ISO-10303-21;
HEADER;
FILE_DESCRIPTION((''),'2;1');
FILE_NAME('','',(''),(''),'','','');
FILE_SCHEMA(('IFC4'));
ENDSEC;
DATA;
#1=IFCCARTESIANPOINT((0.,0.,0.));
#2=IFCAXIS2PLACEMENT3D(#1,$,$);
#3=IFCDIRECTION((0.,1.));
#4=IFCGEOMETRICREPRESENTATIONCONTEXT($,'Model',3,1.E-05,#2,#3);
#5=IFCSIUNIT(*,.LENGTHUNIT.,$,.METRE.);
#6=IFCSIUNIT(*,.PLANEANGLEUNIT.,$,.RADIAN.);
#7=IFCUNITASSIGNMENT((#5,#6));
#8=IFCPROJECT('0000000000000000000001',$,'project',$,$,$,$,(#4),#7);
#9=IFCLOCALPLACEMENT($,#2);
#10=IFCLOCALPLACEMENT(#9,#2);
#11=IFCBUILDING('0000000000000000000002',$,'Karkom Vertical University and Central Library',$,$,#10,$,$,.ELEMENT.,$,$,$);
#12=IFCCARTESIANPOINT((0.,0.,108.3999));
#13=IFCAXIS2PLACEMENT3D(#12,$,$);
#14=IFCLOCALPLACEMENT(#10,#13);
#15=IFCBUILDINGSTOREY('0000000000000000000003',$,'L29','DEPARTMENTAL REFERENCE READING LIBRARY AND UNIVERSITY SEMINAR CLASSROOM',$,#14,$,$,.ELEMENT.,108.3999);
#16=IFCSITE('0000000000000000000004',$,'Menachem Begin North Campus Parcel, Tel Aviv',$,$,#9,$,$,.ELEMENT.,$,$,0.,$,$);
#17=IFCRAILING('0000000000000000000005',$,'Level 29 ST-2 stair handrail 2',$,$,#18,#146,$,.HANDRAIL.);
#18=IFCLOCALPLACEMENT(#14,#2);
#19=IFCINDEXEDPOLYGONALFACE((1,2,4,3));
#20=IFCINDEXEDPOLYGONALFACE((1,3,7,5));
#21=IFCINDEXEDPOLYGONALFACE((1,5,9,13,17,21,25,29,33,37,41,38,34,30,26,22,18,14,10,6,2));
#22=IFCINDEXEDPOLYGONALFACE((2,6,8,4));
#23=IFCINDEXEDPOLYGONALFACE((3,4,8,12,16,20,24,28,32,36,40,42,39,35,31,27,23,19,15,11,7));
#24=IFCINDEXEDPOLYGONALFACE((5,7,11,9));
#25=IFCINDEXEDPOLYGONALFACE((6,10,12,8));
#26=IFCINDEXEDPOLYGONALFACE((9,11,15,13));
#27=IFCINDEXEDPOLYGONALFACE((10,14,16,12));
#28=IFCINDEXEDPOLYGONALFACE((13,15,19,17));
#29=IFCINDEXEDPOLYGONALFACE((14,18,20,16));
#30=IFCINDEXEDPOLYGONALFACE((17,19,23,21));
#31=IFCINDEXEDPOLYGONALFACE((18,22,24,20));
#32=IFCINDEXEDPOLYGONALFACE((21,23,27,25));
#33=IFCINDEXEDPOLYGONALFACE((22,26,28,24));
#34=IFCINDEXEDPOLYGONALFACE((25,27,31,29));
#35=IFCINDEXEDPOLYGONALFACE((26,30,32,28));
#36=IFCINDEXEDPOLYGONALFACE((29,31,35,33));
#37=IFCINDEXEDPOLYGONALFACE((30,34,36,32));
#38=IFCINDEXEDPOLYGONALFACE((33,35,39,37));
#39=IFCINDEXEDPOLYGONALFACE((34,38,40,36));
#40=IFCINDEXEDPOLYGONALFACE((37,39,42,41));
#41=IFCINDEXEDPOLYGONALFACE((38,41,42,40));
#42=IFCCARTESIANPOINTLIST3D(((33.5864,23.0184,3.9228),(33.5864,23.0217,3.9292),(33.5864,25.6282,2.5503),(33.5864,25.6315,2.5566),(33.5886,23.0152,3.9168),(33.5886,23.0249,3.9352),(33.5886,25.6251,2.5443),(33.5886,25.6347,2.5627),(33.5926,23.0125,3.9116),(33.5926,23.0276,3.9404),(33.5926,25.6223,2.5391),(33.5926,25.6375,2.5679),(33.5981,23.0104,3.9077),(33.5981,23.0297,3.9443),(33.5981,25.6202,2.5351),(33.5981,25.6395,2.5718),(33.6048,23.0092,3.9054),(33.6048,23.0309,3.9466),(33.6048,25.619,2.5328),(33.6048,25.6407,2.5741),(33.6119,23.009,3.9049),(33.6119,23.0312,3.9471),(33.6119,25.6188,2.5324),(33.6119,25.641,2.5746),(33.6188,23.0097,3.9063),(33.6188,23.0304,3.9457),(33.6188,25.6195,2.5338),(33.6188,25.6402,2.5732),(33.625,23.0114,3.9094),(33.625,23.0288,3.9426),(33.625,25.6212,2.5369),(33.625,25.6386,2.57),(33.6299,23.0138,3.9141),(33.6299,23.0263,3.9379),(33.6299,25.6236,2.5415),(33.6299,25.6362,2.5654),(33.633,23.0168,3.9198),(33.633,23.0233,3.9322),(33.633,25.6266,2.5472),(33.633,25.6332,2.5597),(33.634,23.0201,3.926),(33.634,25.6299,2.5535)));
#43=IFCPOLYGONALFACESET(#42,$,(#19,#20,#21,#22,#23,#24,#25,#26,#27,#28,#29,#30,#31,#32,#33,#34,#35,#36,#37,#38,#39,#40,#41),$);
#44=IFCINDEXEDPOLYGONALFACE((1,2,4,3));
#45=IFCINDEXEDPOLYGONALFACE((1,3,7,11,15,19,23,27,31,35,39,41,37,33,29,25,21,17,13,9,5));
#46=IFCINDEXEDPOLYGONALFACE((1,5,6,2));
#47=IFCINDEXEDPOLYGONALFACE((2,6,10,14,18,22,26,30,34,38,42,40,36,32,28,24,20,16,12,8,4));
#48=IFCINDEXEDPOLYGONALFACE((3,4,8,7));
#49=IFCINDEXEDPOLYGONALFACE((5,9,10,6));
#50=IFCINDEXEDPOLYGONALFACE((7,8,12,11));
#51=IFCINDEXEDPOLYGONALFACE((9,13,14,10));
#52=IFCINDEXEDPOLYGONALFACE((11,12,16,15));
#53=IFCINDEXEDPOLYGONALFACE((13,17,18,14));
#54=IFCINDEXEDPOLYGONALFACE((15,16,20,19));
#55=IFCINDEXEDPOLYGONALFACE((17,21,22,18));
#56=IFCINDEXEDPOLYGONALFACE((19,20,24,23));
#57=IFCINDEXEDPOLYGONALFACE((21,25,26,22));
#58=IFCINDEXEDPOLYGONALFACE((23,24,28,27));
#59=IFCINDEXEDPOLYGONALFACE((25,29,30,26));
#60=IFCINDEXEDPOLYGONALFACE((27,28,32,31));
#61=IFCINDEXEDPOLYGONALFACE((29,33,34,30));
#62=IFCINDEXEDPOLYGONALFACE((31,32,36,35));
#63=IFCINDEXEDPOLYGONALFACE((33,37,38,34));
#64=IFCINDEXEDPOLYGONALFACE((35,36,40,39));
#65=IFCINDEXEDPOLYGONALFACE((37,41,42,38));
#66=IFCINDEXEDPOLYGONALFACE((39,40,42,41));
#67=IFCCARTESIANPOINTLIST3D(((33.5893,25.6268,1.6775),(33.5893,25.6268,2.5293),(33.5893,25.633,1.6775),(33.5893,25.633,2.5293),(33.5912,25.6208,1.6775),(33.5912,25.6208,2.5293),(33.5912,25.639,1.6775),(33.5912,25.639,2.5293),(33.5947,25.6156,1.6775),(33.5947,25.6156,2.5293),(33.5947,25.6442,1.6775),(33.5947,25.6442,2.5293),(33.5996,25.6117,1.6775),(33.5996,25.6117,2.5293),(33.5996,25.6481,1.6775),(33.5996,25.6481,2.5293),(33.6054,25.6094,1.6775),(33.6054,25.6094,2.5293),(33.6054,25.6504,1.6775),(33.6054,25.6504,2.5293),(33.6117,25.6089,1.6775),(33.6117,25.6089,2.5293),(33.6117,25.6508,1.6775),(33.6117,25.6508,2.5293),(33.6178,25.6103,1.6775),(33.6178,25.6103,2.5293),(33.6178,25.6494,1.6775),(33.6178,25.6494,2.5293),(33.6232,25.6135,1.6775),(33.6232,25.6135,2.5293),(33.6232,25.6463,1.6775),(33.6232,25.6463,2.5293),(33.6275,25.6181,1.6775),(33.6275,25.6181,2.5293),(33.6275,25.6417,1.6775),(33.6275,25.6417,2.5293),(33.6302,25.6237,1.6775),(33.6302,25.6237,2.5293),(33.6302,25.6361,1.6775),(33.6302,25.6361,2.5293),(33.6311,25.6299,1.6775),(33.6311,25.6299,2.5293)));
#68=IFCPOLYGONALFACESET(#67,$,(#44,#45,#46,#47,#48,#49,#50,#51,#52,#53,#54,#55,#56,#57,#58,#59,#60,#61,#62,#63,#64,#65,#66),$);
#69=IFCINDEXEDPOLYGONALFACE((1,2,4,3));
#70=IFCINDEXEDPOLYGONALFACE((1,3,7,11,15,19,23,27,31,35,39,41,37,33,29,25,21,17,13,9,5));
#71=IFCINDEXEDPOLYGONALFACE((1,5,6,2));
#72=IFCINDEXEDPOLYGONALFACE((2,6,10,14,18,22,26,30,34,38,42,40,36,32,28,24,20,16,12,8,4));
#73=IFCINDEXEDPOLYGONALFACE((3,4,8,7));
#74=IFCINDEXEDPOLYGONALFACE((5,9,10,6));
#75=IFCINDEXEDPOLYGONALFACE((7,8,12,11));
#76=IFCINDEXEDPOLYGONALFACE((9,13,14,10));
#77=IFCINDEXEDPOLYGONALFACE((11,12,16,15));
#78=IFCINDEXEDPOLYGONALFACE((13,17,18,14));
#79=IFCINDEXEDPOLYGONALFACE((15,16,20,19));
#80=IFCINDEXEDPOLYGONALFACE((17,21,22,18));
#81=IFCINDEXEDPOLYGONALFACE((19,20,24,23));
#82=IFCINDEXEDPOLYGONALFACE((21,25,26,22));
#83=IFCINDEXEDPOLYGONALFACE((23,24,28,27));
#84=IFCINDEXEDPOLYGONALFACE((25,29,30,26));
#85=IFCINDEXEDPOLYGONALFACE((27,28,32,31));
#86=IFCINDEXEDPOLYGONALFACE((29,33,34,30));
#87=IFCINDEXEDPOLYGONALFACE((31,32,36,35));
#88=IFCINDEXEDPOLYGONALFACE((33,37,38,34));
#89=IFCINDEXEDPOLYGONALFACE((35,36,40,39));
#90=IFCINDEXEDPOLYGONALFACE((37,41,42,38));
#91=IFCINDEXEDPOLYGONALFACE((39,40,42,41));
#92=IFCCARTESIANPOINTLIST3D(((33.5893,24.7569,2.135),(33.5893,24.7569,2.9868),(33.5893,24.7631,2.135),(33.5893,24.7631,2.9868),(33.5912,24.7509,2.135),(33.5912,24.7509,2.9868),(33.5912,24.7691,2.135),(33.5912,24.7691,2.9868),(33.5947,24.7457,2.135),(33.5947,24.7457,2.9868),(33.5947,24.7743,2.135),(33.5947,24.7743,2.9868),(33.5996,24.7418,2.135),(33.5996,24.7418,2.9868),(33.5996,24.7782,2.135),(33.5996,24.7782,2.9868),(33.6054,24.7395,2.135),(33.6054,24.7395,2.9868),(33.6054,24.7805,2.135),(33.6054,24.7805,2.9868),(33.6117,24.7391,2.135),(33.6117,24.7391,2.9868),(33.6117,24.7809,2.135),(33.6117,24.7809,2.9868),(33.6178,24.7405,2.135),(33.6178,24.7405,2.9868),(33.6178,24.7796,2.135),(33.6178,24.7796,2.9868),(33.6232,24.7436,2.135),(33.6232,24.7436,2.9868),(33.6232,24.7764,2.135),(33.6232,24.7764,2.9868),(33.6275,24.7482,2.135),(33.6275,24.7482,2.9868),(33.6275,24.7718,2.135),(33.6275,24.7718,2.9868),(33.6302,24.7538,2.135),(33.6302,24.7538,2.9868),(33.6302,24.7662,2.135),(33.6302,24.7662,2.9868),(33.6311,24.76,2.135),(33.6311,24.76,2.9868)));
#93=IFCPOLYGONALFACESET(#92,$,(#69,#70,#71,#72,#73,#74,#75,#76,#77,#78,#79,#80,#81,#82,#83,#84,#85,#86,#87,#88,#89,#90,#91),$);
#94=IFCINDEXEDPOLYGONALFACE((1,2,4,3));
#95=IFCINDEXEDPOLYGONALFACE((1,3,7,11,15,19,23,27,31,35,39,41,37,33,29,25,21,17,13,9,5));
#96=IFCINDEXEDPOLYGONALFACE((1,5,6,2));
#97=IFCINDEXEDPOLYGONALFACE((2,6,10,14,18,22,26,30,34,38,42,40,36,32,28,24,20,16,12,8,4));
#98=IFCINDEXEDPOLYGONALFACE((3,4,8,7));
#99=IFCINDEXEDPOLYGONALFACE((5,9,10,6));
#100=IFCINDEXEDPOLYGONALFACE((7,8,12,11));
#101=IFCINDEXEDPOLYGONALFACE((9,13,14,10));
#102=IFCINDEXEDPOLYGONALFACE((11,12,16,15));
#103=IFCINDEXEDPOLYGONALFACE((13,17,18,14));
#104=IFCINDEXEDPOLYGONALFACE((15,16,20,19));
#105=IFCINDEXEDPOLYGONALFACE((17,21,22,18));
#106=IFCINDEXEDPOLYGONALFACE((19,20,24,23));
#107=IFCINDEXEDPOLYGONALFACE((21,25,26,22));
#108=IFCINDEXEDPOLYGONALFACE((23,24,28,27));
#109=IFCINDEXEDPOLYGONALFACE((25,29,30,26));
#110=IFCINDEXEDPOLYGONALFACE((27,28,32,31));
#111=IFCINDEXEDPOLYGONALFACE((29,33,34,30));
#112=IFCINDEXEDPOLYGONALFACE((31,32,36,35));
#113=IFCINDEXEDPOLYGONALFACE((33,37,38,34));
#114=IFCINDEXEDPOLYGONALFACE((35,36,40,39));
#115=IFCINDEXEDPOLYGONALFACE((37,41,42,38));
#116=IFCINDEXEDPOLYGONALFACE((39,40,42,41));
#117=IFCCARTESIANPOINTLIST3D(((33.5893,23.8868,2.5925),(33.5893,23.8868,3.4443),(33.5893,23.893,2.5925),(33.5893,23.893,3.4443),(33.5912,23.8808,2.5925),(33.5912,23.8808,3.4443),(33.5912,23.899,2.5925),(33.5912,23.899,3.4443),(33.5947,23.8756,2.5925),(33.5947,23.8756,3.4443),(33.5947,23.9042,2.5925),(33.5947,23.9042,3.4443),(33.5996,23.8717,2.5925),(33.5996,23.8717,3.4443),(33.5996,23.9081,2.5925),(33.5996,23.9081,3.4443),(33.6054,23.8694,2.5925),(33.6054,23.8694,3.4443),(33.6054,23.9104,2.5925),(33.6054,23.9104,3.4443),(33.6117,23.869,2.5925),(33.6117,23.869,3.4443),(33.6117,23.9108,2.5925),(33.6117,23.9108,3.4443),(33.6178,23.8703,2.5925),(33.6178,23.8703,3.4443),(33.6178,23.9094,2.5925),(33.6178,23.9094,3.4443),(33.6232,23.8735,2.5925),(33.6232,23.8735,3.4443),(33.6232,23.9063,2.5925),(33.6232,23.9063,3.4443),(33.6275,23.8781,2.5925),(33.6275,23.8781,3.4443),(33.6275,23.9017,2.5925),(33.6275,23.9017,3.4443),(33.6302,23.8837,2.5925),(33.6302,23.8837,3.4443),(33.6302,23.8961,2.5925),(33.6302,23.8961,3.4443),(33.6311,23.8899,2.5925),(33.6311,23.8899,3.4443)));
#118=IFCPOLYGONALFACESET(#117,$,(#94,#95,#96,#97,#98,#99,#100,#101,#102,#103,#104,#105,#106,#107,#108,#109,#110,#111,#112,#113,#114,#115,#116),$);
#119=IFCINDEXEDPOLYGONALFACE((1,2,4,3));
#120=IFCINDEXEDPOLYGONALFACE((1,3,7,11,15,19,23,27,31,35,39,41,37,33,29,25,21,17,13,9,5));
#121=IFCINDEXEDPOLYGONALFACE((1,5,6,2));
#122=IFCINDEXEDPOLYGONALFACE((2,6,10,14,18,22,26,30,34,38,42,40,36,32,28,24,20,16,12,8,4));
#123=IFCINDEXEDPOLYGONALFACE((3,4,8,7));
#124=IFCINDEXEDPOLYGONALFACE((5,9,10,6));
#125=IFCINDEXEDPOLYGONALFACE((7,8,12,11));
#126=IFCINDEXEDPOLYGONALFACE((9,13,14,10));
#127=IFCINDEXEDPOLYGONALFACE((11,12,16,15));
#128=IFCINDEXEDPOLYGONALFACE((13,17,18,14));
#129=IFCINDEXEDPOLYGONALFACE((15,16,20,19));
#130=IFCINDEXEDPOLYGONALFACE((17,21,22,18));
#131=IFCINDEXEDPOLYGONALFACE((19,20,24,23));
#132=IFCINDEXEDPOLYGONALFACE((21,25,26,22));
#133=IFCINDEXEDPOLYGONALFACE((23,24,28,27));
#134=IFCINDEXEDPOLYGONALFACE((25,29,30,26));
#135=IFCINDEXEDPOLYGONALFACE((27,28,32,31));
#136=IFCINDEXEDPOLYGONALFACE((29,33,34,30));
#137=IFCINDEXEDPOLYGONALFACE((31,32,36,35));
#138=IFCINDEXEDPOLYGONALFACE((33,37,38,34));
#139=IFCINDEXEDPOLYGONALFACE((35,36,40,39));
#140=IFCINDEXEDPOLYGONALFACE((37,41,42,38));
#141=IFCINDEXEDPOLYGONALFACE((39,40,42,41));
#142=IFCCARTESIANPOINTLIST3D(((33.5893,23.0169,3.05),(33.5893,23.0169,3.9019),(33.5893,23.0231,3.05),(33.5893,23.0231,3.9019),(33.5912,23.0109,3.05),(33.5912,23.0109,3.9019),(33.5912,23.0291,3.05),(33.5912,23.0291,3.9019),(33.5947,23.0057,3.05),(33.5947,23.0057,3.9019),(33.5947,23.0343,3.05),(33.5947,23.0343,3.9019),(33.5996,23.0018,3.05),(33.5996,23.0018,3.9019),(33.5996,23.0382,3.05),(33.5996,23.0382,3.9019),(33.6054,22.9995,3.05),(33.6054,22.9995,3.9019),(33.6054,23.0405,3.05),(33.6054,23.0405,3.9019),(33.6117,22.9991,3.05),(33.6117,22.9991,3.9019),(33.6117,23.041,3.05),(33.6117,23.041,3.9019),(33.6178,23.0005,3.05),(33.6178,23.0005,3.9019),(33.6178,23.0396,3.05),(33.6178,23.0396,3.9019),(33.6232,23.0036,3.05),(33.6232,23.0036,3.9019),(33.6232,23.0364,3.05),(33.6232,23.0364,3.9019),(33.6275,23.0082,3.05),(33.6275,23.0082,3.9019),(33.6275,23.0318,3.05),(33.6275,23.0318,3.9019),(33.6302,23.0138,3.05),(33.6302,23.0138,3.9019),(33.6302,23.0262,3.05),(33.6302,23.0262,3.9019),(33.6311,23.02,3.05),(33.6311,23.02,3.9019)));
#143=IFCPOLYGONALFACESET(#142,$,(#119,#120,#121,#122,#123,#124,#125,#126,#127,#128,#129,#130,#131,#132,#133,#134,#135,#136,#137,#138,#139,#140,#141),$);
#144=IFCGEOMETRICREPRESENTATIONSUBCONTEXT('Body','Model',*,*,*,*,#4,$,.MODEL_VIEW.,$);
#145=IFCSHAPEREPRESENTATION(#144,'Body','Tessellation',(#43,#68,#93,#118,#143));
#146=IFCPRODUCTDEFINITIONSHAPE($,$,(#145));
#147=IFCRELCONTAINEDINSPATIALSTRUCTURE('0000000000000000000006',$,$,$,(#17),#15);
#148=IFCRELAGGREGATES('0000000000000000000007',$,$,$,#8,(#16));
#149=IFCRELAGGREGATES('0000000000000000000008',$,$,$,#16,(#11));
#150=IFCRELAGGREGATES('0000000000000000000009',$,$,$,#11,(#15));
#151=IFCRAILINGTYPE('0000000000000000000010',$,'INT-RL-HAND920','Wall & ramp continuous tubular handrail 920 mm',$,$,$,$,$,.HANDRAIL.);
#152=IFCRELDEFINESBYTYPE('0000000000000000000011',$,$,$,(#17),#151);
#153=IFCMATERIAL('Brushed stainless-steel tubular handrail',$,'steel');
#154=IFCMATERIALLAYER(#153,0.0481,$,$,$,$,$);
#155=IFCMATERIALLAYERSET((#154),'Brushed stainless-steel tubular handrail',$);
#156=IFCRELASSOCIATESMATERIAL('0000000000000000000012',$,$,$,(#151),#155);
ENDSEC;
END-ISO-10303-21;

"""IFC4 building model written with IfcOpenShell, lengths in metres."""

from ifc_helpers import new_model, si_unit, direction, frame, origin, origin_2d, place, context, subcontext, project, spatial, circle, extrude, material, layer, layer_set, type_object, element, save


model = new_model("IFC4")

# Units and contexts
model_context = context("Model", 3, precision=1e-05, world=origin(), true_north=direction((0.0, 1.0)))
body_context = subcontext(model_context, "Body", "Model", "MODEL_VIEW")
ifc_project = project(units=[si_unit("LENGTHUNIT", "METRE"), si_unit("PLANEANGLEUNIT", "RADIAN")], contexts=[model_context])

# Site, building, storey
site_placement = place(None, origin())
site = spatial("IfcSite", under=ifc_project, at=site_placement, Name="Menachem Begin North Campus Parcel, Tel Aviv", CompositionType="ELEMENT", RefElevation=0.0)
building_placement = place(site_placement, origin())
building = spatial("IfcBuilding", under=site, at=building_placement, Name="Karkom Vertical University and Central Library", CompositionType="ELEMENT")
storey_placement = place(building_placement, frame((0.0, 0.0, 108.3999)))
storey = spatial("IfcBuildingStorey", under=building, at=storey_placement, Name="L29", Description="DEPARTMENTAL REFERENCE READING LIBRARY AND UNIVERSITY SEMINAR CLASSROOM", CompositionType="ELEMENT", Elevation=108.3999)

# Railing
ifc_material_1 = material(Name="Brushed stainless-steel tubular handrail", Category="steel")
ifc_layer_1 = layer(ifc_material_1, 0.0481)
ifc_layer_set_1 = layer_set([ifc_layer_1], Name="Brushed stainless-steel tubular handrail")
railing_type_1 = type_object("IfcRailingType", Name="INT-RL-HAND920", Description="Wall & ramp continuous tubular handrail 920 mm", PredefinedType="HANDRAIL", material=ifc_layer_set_1)
railing_1_placement = place(storey_placement, frame((33.6101, 25.6299, 1.6775)))
element("IfcRailing", 1, at=railing_1_placement, inside=storey, type_object=railing_type_1, Name="Level 29 ST-2 stair handrail 2", PredefinedType="HANDRAIL", context=body_context, shape_type="SweptSolid", body=[
    extrude(circle(Radius=0.0239, at=origin_2d()), frame((0.0, 0.0, 0.876), z_axis=(0.0, -0.885065, 0.465467), x_axis=(1.0, 0.0, 0.0)), (0.0, 0.0, 1.0), 2.9487),
    extrude(circle(Radius=0.021, at=origin_2d()), origin(), (0.0, 0.0, 1.0), 0.8518),
    extrude(circle(Radius=0.021, at=origin_2d()), frame((0.0, -0.8699, 0.4575)), (0.0, 0.0, 1.0), 0.8518),
    extrude(circle(Radius=0.021, at=origin_2d()), frame((0.0, -1.74, 0.915)), (0.0, 0.0, 1.0), 0.8518),
    extrude(circle(Radius=0.021, at=origin_2d()), frame((0.0, -2.6099, 1.3726)), (0.0, 0.0, 1.0), 0.8518),
])

save(model, "model.ifc")
